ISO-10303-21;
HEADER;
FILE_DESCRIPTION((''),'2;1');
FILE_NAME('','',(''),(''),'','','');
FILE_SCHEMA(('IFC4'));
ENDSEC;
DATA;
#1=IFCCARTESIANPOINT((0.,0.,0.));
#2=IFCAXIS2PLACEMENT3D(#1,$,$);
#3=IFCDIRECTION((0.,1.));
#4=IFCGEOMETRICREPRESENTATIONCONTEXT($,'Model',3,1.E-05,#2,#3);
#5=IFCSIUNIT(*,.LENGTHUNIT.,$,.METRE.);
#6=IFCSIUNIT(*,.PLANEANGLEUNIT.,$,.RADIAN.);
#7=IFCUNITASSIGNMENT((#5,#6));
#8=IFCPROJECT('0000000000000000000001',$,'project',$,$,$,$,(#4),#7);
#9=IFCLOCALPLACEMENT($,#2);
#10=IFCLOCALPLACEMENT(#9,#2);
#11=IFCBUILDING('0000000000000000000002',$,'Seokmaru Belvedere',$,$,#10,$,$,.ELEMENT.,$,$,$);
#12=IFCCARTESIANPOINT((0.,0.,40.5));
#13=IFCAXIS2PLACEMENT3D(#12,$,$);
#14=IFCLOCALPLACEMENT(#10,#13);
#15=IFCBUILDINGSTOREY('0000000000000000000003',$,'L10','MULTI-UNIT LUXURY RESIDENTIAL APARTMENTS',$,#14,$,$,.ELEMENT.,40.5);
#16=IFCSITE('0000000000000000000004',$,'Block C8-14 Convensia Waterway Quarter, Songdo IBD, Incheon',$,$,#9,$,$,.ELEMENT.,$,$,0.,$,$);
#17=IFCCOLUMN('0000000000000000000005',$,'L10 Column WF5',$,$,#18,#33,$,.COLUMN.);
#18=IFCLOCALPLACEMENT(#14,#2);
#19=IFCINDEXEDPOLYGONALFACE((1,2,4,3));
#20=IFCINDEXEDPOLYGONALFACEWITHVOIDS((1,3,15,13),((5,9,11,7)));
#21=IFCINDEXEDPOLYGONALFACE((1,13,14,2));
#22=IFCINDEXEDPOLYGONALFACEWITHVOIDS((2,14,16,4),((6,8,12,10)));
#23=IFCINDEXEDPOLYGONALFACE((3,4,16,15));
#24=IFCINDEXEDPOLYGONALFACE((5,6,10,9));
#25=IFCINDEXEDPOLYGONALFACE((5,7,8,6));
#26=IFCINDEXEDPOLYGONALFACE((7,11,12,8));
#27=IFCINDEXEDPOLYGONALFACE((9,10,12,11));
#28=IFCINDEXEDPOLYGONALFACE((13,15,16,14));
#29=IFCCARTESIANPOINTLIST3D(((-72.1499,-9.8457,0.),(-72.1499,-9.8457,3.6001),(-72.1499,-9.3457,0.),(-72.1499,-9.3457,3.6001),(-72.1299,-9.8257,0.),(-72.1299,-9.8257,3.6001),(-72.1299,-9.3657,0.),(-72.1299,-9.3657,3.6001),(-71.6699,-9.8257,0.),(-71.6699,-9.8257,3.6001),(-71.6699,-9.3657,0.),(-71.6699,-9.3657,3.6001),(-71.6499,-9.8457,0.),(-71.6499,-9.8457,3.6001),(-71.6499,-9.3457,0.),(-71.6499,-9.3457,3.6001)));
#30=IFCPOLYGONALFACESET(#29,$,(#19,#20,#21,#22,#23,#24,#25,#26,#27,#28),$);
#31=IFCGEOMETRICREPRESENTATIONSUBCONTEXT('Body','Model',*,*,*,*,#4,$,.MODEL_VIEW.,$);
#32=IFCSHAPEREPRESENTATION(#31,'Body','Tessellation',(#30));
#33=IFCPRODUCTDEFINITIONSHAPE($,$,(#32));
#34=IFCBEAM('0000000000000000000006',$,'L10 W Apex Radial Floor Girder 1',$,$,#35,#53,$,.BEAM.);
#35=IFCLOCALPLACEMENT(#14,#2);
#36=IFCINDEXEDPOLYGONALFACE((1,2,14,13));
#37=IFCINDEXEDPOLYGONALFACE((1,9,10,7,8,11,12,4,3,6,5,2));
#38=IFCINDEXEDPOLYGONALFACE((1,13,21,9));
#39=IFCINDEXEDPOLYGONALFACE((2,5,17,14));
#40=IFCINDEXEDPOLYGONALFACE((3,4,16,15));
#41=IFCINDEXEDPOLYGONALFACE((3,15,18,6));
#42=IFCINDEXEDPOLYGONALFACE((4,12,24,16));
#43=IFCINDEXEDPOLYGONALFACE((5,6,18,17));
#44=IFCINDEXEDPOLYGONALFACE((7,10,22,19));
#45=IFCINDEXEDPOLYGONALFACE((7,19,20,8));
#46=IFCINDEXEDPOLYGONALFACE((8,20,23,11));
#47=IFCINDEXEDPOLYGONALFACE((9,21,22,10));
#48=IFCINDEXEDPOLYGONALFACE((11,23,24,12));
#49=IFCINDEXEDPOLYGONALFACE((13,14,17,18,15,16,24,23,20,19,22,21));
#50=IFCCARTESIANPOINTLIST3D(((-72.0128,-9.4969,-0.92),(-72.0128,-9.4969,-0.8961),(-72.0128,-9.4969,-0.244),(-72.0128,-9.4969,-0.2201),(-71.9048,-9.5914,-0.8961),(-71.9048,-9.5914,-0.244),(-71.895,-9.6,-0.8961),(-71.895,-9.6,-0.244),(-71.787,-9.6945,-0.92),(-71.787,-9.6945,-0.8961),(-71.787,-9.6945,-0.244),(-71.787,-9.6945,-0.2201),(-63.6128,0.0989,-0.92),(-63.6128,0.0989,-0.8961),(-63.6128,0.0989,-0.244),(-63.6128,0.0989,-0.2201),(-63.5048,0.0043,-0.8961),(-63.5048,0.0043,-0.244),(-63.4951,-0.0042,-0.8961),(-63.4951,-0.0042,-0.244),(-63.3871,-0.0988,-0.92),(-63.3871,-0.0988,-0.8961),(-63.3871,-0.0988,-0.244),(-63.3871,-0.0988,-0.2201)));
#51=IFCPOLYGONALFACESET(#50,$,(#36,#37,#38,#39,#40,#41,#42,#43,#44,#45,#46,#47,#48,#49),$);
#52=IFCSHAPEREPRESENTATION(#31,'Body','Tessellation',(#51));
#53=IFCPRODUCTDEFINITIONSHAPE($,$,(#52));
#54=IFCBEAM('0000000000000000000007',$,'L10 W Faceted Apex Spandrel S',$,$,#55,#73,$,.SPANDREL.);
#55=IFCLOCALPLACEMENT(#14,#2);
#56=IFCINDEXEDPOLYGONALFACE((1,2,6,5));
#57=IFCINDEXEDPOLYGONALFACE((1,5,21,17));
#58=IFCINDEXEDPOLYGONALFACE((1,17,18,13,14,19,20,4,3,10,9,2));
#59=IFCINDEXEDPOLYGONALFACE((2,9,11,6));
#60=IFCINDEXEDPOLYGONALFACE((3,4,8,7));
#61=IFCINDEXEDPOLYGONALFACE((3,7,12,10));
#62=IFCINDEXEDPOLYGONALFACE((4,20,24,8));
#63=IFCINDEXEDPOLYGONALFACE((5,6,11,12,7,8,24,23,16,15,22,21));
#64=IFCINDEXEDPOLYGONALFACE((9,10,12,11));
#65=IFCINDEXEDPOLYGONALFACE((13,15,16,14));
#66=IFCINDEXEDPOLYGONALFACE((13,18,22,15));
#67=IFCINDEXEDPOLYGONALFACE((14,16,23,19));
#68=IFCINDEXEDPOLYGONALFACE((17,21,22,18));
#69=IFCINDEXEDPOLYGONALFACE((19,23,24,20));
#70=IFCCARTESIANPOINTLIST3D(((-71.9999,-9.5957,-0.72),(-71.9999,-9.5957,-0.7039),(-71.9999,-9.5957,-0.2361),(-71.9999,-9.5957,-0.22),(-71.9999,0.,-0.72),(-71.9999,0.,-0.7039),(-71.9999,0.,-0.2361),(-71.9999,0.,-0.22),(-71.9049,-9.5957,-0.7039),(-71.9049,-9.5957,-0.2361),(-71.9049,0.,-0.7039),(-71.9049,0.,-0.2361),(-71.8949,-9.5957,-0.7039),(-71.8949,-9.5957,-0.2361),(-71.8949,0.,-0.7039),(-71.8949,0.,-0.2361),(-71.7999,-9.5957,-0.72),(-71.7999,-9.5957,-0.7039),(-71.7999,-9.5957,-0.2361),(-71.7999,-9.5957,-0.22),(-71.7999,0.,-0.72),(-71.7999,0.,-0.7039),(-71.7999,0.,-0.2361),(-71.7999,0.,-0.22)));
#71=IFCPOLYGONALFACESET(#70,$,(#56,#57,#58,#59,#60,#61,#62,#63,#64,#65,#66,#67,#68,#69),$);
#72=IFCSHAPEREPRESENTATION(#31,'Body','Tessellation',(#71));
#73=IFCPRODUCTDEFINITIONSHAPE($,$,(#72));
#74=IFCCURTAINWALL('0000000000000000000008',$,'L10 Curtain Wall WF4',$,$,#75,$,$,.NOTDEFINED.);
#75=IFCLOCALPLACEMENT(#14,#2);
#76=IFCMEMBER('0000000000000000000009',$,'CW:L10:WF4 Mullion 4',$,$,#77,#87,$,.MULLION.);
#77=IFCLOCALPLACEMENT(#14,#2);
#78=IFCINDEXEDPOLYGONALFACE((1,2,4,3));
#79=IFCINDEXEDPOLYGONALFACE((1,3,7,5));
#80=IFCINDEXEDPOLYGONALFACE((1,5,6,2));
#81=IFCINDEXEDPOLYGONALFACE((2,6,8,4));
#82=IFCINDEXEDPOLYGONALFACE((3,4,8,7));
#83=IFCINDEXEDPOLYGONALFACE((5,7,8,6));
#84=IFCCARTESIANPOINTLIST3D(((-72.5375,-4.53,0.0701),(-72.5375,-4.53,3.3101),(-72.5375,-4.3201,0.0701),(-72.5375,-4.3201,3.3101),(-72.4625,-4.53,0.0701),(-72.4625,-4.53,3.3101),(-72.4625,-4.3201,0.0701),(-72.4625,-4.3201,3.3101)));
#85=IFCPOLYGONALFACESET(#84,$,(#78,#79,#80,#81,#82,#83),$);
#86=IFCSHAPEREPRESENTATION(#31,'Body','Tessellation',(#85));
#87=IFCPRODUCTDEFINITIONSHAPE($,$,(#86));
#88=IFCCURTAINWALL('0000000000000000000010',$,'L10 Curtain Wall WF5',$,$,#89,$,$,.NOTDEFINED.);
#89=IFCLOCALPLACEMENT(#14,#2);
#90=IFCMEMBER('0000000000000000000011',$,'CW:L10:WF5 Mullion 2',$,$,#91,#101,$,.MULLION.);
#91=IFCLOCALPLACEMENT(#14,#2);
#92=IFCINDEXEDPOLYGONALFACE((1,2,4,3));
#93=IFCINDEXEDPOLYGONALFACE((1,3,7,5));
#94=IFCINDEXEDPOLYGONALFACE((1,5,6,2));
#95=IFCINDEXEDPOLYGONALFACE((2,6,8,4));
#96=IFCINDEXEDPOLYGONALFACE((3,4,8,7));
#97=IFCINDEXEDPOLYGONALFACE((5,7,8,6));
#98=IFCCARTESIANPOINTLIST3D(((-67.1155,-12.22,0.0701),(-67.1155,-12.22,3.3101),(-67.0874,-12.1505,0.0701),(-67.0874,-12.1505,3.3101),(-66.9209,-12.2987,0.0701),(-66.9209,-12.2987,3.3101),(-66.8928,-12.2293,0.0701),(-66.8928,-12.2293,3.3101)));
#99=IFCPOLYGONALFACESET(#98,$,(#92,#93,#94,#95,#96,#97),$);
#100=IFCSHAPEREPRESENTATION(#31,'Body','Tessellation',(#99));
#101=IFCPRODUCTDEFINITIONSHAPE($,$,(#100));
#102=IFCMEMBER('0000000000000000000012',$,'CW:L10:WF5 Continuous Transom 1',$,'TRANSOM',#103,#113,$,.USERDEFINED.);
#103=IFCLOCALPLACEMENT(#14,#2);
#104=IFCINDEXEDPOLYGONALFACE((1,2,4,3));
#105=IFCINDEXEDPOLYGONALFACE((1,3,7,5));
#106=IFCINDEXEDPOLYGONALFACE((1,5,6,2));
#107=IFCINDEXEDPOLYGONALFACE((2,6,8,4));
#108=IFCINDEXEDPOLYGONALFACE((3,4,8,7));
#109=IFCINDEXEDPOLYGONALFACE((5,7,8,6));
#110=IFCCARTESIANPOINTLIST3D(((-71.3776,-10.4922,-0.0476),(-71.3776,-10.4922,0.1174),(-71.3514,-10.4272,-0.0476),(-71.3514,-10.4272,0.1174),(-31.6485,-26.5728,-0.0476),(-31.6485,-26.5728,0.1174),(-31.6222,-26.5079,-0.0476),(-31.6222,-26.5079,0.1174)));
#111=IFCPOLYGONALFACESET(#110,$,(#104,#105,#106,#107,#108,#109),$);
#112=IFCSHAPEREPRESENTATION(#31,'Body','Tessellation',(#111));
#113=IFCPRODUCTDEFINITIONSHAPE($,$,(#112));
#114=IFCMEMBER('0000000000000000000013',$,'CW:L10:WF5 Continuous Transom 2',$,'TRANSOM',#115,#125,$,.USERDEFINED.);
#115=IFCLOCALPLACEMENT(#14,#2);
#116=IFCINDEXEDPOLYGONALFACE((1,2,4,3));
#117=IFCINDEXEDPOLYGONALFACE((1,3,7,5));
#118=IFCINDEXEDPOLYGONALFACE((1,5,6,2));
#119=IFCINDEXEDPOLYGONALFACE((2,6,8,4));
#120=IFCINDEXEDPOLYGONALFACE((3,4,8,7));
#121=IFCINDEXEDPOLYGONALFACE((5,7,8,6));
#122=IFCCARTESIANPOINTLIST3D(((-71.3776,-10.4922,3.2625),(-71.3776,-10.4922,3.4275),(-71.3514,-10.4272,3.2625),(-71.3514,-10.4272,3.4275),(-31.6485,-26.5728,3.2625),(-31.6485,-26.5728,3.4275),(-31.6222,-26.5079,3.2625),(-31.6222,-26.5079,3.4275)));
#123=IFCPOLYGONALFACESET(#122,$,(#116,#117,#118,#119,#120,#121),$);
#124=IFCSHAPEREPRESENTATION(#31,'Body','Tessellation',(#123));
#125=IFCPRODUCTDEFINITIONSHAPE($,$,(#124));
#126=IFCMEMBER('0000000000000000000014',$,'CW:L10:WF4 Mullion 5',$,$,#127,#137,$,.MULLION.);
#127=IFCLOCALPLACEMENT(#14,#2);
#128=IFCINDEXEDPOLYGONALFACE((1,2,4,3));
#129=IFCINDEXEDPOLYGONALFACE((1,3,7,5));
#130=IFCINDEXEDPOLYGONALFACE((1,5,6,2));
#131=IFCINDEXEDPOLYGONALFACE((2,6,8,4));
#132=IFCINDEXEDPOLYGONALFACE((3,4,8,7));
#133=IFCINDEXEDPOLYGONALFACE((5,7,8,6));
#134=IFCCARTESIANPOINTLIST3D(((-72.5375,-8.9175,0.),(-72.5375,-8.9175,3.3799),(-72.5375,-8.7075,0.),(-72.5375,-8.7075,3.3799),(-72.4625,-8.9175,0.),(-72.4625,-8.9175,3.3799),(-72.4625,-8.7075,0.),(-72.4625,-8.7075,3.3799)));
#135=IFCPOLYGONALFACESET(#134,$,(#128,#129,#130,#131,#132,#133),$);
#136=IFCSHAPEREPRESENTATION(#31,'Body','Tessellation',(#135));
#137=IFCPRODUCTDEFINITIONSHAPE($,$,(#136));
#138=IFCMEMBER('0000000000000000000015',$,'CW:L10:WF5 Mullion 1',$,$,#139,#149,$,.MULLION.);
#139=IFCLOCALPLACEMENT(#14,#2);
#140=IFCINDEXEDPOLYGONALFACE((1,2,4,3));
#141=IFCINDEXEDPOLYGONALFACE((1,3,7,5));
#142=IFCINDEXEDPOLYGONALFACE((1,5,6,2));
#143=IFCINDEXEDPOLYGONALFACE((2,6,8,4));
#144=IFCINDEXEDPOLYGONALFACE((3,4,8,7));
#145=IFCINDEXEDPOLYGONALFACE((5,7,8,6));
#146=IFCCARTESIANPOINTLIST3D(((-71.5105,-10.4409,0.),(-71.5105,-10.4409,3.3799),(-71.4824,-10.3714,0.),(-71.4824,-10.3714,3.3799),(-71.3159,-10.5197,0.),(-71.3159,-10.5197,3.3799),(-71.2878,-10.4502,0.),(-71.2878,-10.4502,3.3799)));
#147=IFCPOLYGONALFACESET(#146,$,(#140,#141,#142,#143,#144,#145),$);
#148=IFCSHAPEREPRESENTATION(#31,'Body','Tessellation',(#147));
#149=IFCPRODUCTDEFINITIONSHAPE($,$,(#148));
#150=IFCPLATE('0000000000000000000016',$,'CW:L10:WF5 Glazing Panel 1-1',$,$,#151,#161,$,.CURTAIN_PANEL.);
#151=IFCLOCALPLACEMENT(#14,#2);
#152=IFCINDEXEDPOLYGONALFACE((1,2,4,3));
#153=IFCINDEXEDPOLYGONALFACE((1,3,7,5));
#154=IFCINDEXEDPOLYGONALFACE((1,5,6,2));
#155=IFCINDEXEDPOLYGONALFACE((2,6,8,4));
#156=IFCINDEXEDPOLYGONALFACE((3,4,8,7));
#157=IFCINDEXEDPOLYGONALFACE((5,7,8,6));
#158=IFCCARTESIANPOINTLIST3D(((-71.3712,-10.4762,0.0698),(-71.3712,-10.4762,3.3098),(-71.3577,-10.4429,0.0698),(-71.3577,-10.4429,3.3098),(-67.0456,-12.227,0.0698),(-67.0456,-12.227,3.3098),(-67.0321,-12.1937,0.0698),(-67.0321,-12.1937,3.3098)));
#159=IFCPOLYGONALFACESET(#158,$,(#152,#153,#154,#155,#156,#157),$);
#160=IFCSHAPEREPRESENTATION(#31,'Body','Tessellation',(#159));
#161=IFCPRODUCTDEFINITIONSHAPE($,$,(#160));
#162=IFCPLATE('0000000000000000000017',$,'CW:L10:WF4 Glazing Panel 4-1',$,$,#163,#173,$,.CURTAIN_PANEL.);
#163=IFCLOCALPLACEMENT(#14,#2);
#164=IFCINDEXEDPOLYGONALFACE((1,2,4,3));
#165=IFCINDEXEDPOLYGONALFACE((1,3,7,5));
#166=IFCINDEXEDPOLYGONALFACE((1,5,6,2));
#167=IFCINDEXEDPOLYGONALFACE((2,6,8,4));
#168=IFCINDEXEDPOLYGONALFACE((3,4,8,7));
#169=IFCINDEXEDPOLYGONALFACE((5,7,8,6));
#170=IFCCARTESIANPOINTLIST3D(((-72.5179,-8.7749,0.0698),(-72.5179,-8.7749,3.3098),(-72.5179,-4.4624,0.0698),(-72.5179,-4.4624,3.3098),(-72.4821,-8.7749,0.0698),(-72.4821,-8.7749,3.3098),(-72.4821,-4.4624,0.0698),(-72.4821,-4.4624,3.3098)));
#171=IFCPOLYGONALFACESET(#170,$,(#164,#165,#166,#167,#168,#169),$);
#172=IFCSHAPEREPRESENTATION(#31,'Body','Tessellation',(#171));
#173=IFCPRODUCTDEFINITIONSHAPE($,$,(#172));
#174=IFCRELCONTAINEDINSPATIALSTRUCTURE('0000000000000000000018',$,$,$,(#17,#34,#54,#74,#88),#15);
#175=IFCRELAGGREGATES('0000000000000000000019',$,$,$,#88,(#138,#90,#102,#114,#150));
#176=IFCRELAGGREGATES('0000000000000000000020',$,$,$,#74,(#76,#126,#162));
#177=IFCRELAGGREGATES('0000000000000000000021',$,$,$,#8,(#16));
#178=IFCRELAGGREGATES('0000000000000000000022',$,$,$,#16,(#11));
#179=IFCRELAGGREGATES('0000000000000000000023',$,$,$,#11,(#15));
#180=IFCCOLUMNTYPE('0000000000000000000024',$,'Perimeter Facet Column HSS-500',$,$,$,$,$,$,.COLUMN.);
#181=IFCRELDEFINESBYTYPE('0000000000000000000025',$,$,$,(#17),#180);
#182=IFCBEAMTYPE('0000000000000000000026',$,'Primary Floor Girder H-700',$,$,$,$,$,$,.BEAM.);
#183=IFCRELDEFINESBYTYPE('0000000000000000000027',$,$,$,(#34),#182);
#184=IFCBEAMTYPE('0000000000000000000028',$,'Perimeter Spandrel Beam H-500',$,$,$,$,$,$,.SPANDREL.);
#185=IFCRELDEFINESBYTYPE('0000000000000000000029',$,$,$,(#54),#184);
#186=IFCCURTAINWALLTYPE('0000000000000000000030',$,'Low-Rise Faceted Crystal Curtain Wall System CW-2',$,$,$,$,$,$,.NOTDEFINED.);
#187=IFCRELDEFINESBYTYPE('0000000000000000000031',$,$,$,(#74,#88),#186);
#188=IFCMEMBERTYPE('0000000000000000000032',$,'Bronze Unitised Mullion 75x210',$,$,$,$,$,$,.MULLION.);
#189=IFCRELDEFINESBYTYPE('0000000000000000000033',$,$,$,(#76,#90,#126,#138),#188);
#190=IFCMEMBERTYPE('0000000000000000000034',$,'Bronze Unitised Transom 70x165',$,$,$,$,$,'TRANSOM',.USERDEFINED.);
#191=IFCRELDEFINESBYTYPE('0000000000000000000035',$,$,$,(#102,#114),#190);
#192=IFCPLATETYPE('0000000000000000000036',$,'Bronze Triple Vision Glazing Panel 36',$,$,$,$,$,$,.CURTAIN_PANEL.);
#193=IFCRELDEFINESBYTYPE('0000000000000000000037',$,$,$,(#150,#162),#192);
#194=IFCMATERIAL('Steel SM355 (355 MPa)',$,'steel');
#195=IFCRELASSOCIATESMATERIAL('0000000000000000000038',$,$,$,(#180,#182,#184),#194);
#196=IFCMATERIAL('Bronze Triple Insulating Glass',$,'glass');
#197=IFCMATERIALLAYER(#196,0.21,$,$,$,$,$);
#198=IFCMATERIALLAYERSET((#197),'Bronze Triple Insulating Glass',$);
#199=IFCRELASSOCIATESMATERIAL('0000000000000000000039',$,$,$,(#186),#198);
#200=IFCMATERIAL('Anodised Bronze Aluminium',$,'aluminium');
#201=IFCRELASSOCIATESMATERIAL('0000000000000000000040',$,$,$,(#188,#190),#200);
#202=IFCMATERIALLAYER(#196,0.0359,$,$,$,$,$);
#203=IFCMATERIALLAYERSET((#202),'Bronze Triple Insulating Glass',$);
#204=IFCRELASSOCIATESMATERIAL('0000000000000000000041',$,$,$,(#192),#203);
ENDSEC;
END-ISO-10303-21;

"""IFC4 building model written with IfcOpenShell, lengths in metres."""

from ifc_helpers import new_model, si_unit, direction, frame, origin, origin_2d, place, context, subcontext, project, spatial, rectangle, hollow_rectangle, i_section, extrude, source, transform, mapped, material, layer, layer_set, material_profile, profile_set, type_object, type_shapes, element, aggregate, save


model = new_model("IFC4")

# Units and contexts
model_context = context("Model", 3, precision=1e-05, world=origin(), true_north=direction((0.0, 1.0)))
body_context = subcontext(model_context, "Body", "Model", "MODEL_VIEW")
ifc_project = project(units=[si_unit("LENGTHUNIT", "METRE"), si_unit("PLANEANGLEUNIT", "RADIAN")], contexts=[model_context])

# Site, building, storey
site_placement = place(None, origin())
site = spatial("IfcSite", under=ifc_project, at=site_placement, Name="Block C8-14 Convensia Waterway Quarter, Songdo IBD, Incheon", CompositionType="ELEMENT", RefElevation=0.0)
building_placement = place(site_placement, origin())
building = spatial("IfcBuilding", under=site, at=building_placement, Name="Seokmaru Belvedere", CompositionType="ELEMENT")
storey_placement = place(building_placement, frame((0.0, 0.0, 40.5)))
storey = spatial("IfcBuildingStorey", under=building, at=storey_placement, Name="L10", Description="MULTI-UNIT LUXURY RESIDENTIAL APARTMENTS", CompositionType="ELEMENT", Elevation=40.5)

# Column
ifc_material_1 = material(Name="Steel SM355 (355 MPa)", Category="steel")
ifc_material_profile_1 = material_profile(ifc_material_1, hollow_rectangle(XDim=0.5, YDim=0.5, WallThickness=0.02, at=origin_2d()), Name="HSS-500x500x20")
ifc_profile_set_1 = profile_set([ifc_material_profile_1], Name="Steel SM355 (355 MPa)")
column_type = type_object("IfcColumnType", Name="Perimeter Facet Column HSS-500", PredefinedType="COLUMN", material=ifc_profile_set_1)
shared_shape_1 = source(origin(), body_context, "Body", "SweptSolid", [
    extrude(hollow_rectangle(XDim=0.5, YDim=0.5, WallThickness=0.02, at=origin_2d()), origin(), (0.0, 0.0, 1.0), 3.6001),
])
type_shapes(column_type, [shared_shape_1])
column_placement = place(storey_placement, frame((-71.8999, -9.5957, 0.0), z_axis=(0.0, 0.0, 1.0), x_axis=(1.0, 0.0, 0.0)))
element("IfcColumn", 1, at=column_placement, inside=storey, type_object=column_type, Name="L10 Column WF5", PredefinedType="COLUMN", context=body_context, shape_type="MappedRepresentation", body=[
    mapped(shared_shape_1, transform((0.0, 0.0, 0.0), scale=1.0)),
])

# Beams
ifc_material_profile_2 = material_profile(ifc_material_1, i_section(OverallWidth=0.3, OverallDepth=0.7, WebThickness=0.0129, FlangeThickness=0.0239, at=origin_2d()), Name="H-700x300x13x24")
ifc_profile_set_2 = profile_set([ifc_material_profile_2], Name="Steel SM355 (355 MPa)")
beam_type_1 = type_object("IfcBeamType", Name="Primary Floor Girder H-700", PredefinedType="BEAM", material=ifc_profile_set_2)
shared_shape_2 = source(origin(), body_context, "Body", "SweptSolid", [
    extrude(i_section(OverallWidth=0.3, OverallDepth=0.7, WebThickness=0.0129, FlangeThickness=0.0239, at=origin_2d()), origin(), (0.0, 0.0, 1.0), 12.7529),
])
type_shapes(beam_type_1, [shared_shape_2])
beam_1_placement = place(storey_placement, frame((-71.8999, -9.5957, -0.5701), z_axis=(0.658667, 0.752434, 0.0), x_axis=(-0.752434, 0.658667, 0.0)))
element("IfcBeam", 2, at=beam_1_placement, inside=storey, type_object=beam_type_1, Name="L10 W Apex Radial Floor Girder 1", PredefinedType="BEAM", context=body_context, shape_type="MappedRepresentation", body=[
    mapped(shared_shape_2, transform((0.0, 0.0, 0.0), scale=1.0)),
])
ifc_material_profile_3 = material_profile(ifc_material_1, i_section(OverallWidth=0.2, OverallDepth=0.5, WebThickness=0.01, FlangeThickness=0.0161, at=origin_2d()), Name="H-500x200x10x16")
ifc_profile_set_3 = profile_set([ifc_material_profile_3], Name="Steel SM355 (355 MPa)")
beam_type_2 = type_object("IfcBeamType", Name="Perimeter Spandrel Beam H-500", PredefinedType="SPANDREL", material=ifc_profile_set_3)
shared_shape_3 = source(origin(), body_context, "Body", "SweptSolid", [
    extrude(i_section(OverallWidth=0.2, OverallDepth=0.5, WebThickness=0.01, FlangeThickness=0.0161, at=origin_2d()), origin(), (0.0, 0.0, 1.0), 9.5957),
])
type_shapes(beam_type_2, [shared_shape_3])
beam_2_placement = place(storey_placement, frame((-71.8999, -9.5957, -0.47), z_axis=(0.0, 1.0, 0.0), x_axis=(-1.0, 0.0, 0.0)))
element("IfcBeam", 3, at=beam_2_placement, inside=storey, type_object=beam_type_2, Name="L10 W Faceted Apex Spandrel S", PredefinedType="SPANDREL", context=body_context, shape_type="MappedRepresentation", body=[
    mapped(shared_shape_3, transform((0.0, 0.0, 0.0), scale=1.0)),
])

# Curtain wall, member
ifc_material_2 = material(Name="Bronze Triple Insulating Glass", Category="glass")
ifc_layer_1 = layer(ifc_material_2, 0.21)
ifc_layer_set_1 = layer_set([ifc_layer_1], Name="Bronze Triple Insulating Glass")
curtain_wall_type = type_object("IfcCurtainWallType", Name="Low-Rise Faceted Crystal Curtain Wall System CW-2", PredefinedType="NOTDEFINED", material=ifc_layer_set_1)
curtain_wall_1_placement = place(storey_placement, origin())
curtain_wall_1 = element("IfcCurtainWall", 4, at=curtain_wall_1_placement, inside=storey, type_object=curtain_wall_type, Name="L10 Curtain Wall WF4", PredefinedType="NOTDEFINED")
ifc_material_3 = material(Name="Anodised Bronze Aluminium", Category="aluminium")
ifc_material_profile_4 = material_profile(ifc_material_3, rectangle(XDim=0.075, YDim=0.21, at=origin_2d()), Name="CW-M-75x210")
ifc_profile_set_4 = profile_set([ifc_material_profile_4], Name="Anodised Bronze Aluminium")
member_type_1 = type_object("IfcMemberType", Name="Bronze Unitised Mullion 75x210", PredefinedType="MULLION", material=ifc_profile_set_4)
shared_shape_4 = source(origin(), body_context, "Body", "SweptSolid", [
    extrude(rectangle(XDim=0.075, YDim=0.21, at=origin_2d()), origin(), (0.0, 0.0, 1.0), 3.24),
])
member_1_placement = place(storey_placement, frame((-72.5, -4.425, 0.0701), z_axis=(0.0, 0.0, 1.0), x_axis=(1.0, 0.0, 0.0)))
member_1 = element("IfcMember", 5, at=member_1_placement, type_object=member_type_1, Name="CW:L10:WF4 Mullion 4", PredefinedType="MULLION", context=body_context, shape_type="MappedRepresentation", body=[
    mapped(shared_shape_4, transform((0.0, 0.0, 0.0), scale=1.0)),
])

# Curtain wall, members
curtain_wall_2_placement = place(storey_placement, origin())
curtain_wall_2 = element("IfcCurtainWall", 6, at=curtain_wall_2_placement, inside=storey, type_object=curtain_wall_type, Name="L10 Curtain Wall WF5", PredefinedType="NOTDEFINED")
member_2_placement = place(storey_placement, frame((-67.0042, -12.2246, 0.0701), z_axis=(0.0, 0.0, 1.0), x_axis=(0.375192, 0.926947, 0.0)))
member_2 = element("IfcMember", 7, at=member_2_placement, type_object=member_type_1, Name="CW:L10:WF5 Mullion 2", PredefinedType="MULLION", context=body_context, shape_type="MappedRepresentation", body=[
    mapped(shared_shape_4, transform((0.0, 0.0, 0.0), scale=1.0)),
])
ifc_material_profile_5 = material_profile(ifc_material_3, rectangle(XDim=0.0701, YDim=0.165, at=origin_2d()), Name="CW-T-70x165")
ifc_profile_set_5 = profile_set([ifc_material_profile_5], Name="Anodised Bronze Aluminium")
member_type_2 = type_object("IfcMemberType", Name="Bronze Unitised Transom 70x165", ElementType="TRANSOM", PredefinedType="USERDEFINED", material=ifc_profile_set_5)
shared_shape_5 = source(origin(), body_context, "Body", "SweptSolid", [
    extrude(rectangle(XDim=0.0701, YDim=0.165, at=origin_2d()), origin(), (0.0, 0.0, 1.0), 42.8601),
])
type_shapes(member_type_2, [shared_shape_5])
member_3_placement = place(storey_placement, frame((-71.3645, -10.4597, 0.0349), z_axis=(0.926949, -0.375188, 0.0), x_axis=(0.375188, 0.926949, 0.0)))
member_3 = element("IfcMember", 8, at=member_3_placement, type_object=member_type_2, Name="CW:L10:WF5 Continuous Transom 1", ObjectType="TRANSOM", PredefinedType="USERDEFINED", context=body_context, shape_type="MappedRepresentation", body=[
    mapped(shared_shape_5, transform((0.0, 0.0, 0.0), scale=1.0)),
])
member_4_placement = place(storey_placement, frame((-71.3645, -10.4597, 3.345), z_axis=(0.926949, -0.375188, 0.0), x_axis=(0.375188, 0.926949, 0.0)))
member_4 = element("IfcMember", 9, at=member_4_placement, type_object=member_type_2, Name="CW:L10:WF5 Continuous Transom 2", ObjectType="TRANSOM", PredefinedType="USERDEFINED", context=body_context, shape_type="MappedRepresentation", body=[
    mapped(shared_shape_5, transform((0.0, 0.0, 0.0), scale=1.0)),
])

# Members
shared_shape_6 = source(origin(), body_context, "Body", "SweptSolid", [
    extrude(rectangle(XDim=0.075, YDim=0.21, at=origin_2d()), origin(), (0.0, 0.0, 1.0), 3.3799),
])
type_shapes(member_type_1, [shared_shape_4, shared_shape_6])
member_5_placement = place(storey_placement, frame((-72.5, -8.8125, 0.0), z_axis=(0.0, 0.0, 1.0), x_axis=(1.0, 0.0, 0.0)))
member_5 = element("IfcMember", 10, at=member_5_placement, type_object=member_type_1, Name="CW:L10:WF4 Mullion 5", PredefinedType="MULLION", context=body_context, shape_type="MappedRepresentation", body=[
    mapped(shared_shape_6, transform((0.0, 0.0, 0.0), scale=1.0)),
])
member_6_placement = place(storey_placement, frame((-71.3992, -10.4456, 0.0), z_axis=(0.0, 0.0, 1.0), x_axis=(0.375192, 0.926947, 0.0)))
member_6 = element("IfcMember", 11, at=member_6_placement, type_object=member_type_1, Name="CW:L10:WF5 Mullion 1", PredefinedType="MULLION", context=body_context, shape_type="MappedRepresentation", body=[
    mapped(shared_shape_6, transform((0.0, 0.0, 0.0), scale=1.0)),
])

# Plates
ifc_layer_2 = layer(ifc_material_2, 0.0359)
ifc_layer_set_2 = layer_set([ifc_layer_2], Name="Bronze Triple Insulating Glass")
plate_type = type_object("IfcPlateType", Name="Bronze Triple Vision Glazing Panel 36", PredefinedType="CURTAIN_PANEL", material=ifc_layer_set_2)
shared_shape_7 = source(origin(), body_context, "Body", "SweptSolid", [
    extrude(rectangle(XDim=4.6665, YDim=0.0359, at=origin_2d()), origin(), (0.0, 0.0, 1.0), 3.24),
])
plate_1_placement = place(storey_placement, frame((-69.2017, -11.335, 0.0698), z_axis=(0.0, 0.0, 1.0), x_axis=(0.926947, -0.375192, 0.0)))
plate_1 = element("IfcPlate", 12, at=plate_1_placement, type_object=plate_type, Name="CW:L10:WF5 Glazing Panel 1-1", PredefinedType="CURTAIN_PANEL", context=body_context, shape_type="MappedRepresentation", body=[
    mapped(shared_shape_7, transform((0.0, 0.0, 0.0), scale=1.0)),
])
aggregate(curtain_wall_2, [member_6, member_2, member_3, member_4, plate_1])
shared_shape_8 = source(origin(), body_context, "Body", "SweptSolid", [
    extrude(rectangle(XDim=4.3125, YDim=0.0359, at=origin_2d()), origin(), (0.0, 0.0, 1.0), 3.24),
])
plate_2_placement = place(storey_placement, frame((-72.5, -6.6187, 0.0698), z_axis=(0.0, 0.0, 1.0), x_axis=(0.0, -1.0, 0.0)))
plate_2 = element("IfcPlate", 13, at=plate_2_placement, type_object=plate_type, Name="CW:L10:WF4 Glazing Panel 4-1", PredefinedType="CURTAIN_PANEL", context=body_context, shape_type="MappedRepresentation", body=[
    mapped(shared_shape_8, transform((0.0, 0.0, 0.0), scale=1.0)),
])
aggregate(curtain_wall_1, [member_1, member_5, plate_2])

save(model, "model.ifc")
